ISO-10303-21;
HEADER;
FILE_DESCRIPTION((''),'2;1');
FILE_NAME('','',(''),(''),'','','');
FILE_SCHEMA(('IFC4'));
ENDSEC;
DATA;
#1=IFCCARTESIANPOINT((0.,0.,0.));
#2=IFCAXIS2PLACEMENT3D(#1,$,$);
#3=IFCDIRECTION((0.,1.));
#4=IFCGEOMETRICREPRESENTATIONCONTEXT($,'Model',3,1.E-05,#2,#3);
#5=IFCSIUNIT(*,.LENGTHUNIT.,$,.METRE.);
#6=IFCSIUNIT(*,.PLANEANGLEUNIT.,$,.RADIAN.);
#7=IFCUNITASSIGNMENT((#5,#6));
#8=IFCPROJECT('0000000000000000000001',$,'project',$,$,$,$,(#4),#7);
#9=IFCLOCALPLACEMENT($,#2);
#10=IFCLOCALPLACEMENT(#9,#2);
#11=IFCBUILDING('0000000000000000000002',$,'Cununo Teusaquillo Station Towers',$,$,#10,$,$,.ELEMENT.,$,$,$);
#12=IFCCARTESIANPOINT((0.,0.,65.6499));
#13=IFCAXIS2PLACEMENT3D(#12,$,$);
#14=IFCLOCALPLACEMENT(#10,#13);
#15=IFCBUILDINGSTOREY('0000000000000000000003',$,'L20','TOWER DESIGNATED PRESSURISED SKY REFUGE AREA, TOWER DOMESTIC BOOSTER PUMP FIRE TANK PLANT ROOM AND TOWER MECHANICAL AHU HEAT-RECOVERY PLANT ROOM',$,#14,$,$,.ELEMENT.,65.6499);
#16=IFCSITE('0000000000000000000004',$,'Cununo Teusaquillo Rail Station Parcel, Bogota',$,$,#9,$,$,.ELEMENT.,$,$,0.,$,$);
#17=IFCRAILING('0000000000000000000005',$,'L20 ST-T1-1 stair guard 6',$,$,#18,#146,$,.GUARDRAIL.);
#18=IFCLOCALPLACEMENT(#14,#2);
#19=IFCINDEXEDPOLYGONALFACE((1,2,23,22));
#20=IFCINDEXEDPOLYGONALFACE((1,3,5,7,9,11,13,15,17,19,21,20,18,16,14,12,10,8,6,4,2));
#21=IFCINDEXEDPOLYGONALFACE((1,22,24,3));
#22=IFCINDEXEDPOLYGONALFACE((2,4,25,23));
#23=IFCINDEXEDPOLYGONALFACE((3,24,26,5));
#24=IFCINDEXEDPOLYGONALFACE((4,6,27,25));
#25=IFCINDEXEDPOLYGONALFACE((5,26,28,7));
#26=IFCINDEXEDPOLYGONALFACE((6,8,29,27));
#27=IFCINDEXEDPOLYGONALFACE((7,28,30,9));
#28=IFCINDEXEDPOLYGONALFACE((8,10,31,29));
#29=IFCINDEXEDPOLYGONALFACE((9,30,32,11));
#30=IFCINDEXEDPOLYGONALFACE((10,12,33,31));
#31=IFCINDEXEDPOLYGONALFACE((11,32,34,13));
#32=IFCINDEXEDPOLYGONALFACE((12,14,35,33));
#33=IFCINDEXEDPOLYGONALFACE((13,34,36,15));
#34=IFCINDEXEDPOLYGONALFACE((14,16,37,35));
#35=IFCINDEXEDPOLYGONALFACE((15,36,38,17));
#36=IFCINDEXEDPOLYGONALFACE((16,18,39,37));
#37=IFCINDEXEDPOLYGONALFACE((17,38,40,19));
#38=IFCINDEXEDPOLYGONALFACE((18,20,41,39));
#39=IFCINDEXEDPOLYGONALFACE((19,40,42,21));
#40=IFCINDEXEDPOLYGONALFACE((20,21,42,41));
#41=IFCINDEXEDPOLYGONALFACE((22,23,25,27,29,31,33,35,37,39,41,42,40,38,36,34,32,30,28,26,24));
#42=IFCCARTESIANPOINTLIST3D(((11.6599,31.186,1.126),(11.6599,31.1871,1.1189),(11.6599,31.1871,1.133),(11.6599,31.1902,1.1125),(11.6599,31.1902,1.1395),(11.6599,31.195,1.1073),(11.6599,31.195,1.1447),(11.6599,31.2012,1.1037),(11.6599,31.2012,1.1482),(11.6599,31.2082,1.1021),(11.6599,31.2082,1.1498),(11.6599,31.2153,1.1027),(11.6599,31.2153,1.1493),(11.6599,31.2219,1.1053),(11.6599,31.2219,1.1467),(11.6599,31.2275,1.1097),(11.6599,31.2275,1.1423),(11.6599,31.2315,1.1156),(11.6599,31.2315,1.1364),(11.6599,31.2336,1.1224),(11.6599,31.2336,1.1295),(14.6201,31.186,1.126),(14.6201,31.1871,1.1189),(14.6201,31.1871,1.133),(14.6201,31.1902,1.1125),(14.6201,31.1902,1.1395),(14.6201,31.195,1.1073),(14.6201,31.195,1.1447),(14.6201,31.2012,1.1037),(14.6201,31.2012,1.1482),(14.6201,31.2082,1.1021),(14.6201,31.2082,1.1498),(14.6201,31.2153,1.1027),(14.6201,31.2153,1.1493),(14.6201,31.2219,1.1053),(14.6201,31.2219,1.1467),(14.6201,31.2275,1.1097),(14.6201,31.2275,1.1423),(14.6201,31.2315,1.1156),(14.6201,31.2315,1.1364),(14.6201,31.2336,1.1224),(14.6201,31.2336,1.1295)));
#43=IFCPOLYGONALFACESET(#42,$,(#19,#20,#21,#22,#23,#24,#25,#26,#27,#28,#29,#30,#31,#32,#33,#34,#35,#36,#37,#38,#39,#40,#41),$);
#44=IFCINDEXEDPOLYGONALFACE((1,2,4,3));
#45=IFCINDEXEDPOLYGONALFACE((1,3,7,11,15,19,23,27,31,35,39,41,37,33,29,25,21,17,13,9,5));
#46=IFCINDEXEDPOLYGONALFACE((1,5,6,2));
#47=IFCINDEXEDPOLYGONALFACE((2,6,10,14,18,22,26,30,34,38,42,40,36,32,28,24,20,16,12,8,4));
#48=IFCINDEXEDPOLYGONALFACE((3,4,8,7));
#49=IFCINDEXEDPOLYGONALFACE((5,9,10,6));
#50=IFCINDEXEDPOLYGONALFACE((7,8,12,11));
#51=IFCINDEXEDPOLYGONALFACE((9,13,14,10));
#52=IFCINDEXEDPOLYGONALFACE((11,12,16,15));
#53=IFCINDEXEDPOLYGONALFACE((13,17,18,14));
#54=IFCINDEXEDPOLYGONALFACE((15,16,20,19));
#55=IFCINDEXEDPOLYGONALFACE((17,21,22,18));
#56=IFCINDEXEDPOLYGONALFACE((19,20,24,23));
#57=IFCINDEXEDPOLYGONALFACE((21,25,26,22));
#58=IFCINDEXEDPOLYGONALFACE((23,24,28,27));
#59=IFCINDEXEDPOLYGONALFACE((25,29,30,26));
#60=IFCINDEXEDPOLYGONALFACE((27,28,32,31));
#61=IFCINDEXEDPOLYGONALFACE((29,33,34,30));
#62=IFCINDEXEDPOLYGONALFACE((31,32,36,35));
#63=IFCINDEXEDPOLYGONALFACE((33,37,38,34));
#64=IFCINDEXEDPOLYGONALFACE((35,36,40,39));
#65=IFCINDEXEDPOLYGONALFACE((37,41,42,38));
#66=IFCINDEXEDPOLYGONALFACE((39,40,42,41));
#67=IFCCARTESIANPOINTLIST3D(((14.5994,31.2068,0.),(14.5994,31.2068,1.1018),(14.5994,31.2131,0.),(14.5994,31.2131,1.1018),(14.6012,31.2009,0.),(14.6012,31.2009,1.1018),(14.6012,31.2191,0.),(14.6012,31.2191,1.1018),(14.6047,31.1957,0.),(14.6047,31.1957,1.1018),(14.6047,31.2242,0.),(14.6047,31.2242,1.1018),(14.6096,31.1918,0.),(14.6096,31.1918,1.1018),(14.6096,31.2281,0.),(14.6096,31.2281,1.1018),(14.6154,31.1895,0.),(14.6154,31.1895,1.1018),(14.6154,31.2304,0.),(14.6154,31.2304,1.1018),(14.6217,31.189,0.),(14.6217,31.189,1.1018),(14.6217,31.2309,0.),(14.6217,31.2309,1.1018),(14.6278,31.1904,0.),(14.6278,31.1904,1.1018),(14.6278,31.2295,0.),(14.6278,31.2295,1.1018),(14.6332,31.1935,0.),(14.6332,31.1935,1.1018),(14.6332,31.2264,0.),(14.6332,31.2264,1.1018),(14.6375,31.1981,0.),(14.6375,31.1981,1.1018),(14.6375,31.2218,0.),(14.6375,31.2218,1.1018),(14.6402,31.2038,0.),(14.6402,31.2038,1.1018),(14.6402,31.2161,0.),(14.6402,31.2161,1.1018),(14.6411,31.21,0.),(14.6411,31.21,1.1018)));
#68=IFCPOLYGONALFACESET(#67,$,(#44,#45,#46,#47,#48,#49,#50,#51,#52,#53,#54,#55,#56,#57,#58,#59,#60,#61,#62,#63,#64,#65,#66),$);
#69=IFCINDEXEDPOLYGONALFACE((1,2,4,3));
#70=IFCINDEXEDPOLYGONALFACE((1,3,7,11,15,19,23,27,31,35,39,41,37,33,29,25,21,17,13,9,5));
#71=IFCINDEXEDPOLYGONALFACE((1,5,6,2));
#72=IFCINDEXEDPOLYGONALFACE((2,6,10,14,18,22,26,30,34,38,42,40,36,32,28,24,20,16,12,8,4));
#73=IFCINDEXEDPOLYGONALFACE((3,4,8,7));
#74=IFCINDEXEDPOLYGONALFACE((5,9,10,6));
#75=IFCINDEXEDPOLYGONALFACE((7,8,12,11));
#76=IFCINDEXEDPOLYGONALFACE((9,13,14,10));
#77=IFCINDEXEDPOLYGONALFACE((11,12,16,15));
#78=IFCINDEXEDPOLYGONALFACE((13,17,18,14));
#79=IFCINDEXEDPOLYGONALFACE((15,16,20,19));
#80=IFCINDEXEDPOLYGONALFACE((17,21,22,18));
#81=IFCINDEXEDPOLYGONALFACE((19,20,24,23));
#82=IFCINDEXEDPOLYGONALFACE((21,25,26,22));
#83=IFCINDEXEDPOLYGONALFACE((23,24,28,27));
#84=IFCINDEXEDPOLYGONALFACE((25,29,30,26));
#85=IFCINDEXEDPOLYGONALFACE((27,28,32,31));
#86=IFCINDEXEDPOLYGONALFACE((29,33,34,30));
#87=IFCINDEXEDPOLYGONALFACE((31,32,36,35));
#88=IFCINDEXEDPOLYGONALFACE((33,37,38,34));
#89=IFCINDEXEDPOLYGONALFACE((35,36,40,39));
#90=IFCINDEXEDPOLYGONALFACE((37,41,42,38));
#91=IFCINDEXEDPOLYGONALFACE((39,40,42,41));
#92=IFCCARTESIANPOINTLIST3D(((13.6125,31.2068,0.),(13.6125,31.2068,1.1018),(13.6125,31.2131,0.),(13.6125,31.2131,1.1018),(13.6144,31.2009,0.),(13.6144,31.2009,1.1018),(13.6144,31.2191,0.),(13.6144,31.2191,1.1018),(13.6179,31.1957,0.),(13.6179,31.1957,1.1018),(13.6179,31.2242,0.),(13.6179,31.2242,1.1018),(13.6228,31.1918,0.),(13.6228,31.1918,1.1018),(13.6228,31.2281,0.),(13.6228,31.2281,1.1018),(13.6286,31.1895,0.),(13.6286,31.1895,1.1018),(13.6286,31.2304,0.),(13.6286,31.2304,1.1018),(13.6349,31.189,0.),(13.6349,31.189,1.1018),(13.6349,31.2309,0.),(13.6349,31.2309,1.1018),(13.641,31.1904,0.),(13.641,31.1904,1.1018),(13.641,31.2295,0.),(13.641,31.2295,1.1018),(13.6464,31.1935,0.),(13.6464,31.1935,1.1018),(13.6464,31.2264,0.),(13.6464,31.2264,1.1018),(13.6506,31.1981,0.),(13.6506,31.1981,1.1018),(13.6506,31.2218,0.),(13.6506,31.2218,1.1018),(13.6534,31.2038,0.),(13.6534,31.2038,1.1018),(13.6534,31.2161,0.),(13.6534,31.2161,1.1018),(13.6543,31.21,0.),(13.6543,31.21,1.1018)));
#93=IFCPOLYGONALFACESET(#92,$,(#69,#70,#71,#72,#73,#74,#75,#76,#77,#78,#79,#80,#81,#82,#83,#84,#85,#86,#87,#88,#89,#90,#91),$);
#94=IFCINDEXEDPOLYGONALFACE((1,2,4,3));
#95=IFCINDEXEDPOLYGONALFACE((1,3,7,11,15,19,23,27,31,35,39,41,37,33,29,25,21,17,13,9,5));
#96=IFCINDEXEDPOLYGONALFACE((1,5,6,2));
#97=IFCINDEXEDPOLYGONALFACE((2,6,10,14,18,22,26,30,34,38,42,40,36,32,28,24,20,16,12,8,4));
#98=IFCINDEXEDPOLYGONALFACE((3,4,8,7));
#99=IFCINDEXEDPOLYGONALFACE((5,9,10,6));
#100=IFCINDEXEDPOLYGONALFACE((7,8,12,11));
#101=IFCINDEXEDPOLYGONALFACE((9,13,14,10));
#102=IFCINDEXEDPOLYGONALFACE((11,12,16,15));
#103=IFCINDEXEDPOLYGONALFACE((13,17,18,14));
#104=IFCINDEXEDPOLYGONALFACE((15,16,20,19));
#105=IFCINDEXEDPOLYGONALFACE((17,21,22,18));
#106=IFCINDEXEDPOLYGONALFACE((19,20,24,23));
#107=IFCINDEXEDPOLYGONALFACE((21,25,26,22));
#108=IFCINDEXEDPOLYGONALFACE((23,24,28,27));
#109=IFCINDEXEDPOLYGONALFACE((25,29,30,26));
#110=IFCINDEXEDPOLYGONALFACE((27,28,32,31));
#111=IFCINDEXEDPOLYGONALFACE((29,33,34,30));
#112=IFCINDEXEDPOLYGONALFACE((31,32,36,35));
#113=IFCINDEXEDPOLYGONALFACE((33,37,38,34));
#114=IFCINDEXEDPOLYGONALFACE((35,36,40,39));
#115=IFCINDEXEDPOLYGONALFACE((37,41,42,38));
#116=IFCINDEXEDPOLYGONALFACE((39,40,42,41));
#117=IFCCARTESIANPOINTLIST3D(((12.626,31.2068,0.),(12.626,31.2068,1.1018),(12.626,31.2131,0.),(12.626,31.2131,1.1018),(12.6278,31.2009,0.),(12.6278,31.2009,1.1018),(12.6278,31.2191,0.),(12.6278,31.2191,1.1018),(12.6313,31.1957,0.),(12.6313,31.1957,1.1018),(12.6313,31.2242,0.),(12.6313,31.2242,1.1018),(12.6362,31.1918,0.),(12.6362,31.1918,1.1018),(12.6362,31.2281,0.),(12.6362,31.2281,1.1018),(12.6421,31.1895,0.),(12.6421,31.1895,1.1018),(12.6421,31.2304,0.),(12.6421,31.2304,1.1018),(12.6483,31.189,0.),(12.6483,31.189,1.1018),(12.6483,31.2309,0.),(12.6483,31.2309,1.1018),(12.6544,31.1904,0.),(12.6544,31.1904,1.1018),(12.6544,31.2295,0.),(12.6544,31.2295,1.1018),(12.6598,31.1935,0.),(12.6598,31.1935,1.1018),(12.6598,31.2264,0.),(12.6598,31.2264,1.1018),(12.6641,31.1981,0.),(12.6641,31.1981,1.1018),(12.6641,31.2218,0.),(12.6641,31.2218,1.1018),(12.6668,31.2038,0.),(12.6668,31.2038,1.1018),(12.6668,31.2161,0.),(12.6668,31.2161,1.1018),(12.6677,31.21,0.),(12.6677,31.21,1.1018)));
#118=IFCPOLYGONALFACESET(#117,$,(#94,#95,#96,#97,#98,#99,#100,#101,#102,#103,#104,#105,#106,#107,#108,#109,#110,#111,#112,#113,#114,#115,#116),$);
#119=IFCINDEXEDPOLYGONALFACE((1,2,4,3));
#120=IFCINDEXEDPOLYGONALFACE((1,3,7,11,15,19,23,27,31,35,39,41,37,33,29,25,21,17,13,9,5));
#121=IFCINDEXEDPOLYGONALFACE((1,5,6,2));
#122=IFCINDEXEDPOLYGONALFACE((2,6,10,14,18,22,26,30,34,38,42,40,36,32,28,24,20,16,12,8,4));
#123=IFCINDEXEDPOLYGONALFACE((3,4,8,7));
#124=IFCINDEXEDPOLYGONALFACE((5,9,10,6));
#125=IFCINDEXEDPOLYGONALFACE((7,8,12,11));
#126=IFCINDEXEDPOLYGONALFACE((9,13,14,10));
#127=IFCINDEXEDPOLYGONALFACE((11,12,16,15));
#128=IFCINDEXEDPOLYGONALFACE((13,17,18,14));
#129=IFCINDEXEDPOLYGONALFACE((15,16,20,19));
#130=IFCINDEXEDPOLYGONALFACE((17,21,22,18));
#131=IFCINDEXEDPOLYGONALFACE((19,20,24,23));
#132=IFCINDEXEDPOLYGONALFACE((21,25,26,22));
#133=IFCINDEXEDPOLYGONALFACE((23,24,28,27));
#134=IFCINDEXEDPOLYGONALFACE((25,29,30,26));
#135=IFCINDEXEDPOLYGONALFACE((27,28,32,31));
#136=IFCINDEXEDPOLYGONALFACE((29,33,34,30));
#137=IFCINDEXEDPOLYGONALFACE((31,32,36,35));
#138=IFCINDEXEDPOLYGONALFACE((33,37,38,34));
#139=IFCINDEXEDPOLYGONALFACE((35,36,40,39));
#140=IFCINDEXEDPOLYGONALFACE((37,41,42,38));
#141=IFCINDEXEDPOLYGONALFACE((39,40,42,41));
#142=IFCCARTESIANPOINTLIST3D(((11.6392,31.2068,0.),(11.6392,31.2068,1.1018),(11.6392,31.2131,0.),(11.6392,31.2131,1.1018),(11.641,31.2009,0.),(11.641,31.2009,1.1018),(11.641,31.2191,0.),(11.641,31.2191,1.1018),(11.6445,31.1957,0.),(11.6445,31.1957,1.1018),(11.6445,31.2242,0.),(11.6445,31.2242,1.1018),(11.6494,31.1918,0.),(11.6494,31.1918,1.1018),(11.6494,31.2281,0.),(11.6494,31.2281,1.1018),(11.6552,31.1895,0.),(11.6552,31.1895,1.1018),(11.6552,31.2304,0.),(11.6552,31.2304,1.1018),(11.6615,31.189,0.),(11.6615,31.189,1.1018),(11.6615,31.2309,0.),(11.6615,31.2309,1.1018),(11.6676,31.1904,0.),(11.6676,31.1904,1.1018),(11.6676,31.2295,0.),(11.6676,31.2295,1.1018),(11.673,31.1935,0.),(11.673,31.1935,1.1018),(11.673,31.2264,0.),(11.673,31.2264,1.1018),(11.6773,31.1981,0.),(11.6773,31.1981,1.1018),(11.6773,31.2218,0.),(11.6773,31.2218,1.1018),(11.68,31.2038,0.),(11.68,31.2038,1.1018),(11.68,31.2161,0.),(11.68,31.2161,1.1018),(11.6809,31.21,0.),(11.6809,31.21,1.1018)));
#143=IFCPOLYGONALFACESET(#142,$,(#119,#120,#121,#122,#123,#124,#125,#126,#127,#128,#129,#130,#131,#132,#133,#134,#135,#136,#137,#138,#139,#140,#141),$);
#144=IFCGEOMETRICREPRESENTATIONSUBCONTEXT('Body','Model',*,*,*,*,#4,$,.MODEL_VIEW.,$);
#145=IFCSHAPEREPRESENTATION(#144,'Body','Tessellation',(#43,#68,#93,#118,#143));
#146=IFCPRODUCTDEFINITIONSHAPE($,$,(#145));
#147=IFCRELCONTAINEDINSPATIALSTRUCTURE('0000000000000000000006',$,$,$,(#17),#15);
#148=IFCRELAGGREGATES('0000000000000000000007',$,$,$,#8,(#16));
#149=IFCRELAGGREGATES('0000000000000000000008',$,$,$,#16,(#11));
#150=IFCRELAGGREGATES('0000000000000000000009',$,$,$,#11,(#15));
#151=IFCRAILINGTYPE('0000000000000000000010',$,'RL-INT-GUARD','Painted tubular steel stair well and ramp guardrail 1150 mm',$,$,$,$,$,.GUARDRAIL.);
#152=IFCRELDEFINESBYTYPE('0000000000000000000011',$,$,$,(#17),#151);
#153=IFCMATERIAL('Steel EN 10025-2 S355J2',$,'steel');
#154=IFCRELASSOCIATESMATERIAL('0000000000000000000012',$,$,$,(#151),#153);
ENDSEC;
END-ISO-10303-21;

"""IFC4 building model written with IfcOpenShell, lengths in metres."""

from ifc_helpers import new_model, si_unit, direction, frame, origin, origin_2d, place, context, subcontext, project, spatial, circle, extrude, material, type_object, element, save


model = new_model("IFC4")

# Units and contexts
model_context = context("Model", 3, precision=1e-05, world=origin(), true_north=direction((0.0, 1.0)))
body_context = subcontext(model_context, "Body", "Model", "MODEL_VIEW")
ifc_project = project(units=[si_unit("LENGTHUNIT", "METRE"), si_unit("PLANEANGLEUNIT", "RADIAN")], contexts=[model_context])

# Site, building, storey
site_placement = place(None, origin())
site = spatial("IfcSite", under=ifc_project, at=site_placement, Name="Cununo Teusaquillo Rail Station Parcel, Bogota", CompositionType="ELEMENT", RefElevation=0.0)
building_placement = place(site_placement, origin())
building = spatial("IfcBuilding", under=site, at=building_placement, Name="Cununo Teusaquillo Station Towers", CompositionType="ELEMENT")
storey_placement = place(building_placement, frame((0.0, 0.0, 65.6499)))
storey = spatial("IfcBuildingStorey", under=building, at=storey_placement, Name="L20", Description="TOWER DESIGNATED PRESSURISED SKY REFUGE AREA, TOWER DOMESTIC BOOSTER PUMP FIRE TANK PLANT ROOM AND TOWER MECHANICAL AHU HEAT-RECOVERY PLANT ROOM", CompositionType="ELEMENT", Elevation=65.6499)

# Railing
ifc_material_1 = material(Name="Steel EN 10025-2 S355J2", Category="steel")
railing_type = type_object("IfcRailingType", Name="RL-INT-GUARD", Description="Painted tubular steel stair well and ramp guardrail 1150 mm", PredefinedType="GUARDRAIL", material=ifc_material_1)
railing_1_placement = place(storey_placement, frame((14.6201, 31.21, 0.0)))
element("IfcRailing", 1, at=railing_1_placement, inside=storey, type_object=railing_type, Name="L20 ST-T1-1 stair guard 6", PredefinedType="GUARDRAIL", context=body_context, shape_type="SweptSolid", body=[
    extrude(circle(Radius=0.0239, at=origin_2d()), frame((0.0, 0.0, 1.126), z_axis=(-1.0, 0.0, 0.0), x_axis=(0.0, -1.0, 0.0)), (0.0, 0.0, 1.0), 2.9602),
    extrude(circle(Radius=0.021, at=origin_2d()), origin(), (0.0, 0.0, 1.0), 1.1018),
    extrude(circle(Radius=0.021, at=origin_2d()), frame((-0.9868, 0.0, 0.0)), (0.0, 0.0, 1.0), 1.1018),
    extrude(circle(Radius=0.021, at=origin_2d()), frame((-1.9734, 0.0, 0.0)), (0.0, 0.0, 1.0), 1.1018),
    extrude(circle(Radius=0.021, at=origin_2d()), frame((-2.9602, 0.0, 0.0)), (0.0, 0.0, 1.0), 1.1018),
])

save(model, "model.ifc")
